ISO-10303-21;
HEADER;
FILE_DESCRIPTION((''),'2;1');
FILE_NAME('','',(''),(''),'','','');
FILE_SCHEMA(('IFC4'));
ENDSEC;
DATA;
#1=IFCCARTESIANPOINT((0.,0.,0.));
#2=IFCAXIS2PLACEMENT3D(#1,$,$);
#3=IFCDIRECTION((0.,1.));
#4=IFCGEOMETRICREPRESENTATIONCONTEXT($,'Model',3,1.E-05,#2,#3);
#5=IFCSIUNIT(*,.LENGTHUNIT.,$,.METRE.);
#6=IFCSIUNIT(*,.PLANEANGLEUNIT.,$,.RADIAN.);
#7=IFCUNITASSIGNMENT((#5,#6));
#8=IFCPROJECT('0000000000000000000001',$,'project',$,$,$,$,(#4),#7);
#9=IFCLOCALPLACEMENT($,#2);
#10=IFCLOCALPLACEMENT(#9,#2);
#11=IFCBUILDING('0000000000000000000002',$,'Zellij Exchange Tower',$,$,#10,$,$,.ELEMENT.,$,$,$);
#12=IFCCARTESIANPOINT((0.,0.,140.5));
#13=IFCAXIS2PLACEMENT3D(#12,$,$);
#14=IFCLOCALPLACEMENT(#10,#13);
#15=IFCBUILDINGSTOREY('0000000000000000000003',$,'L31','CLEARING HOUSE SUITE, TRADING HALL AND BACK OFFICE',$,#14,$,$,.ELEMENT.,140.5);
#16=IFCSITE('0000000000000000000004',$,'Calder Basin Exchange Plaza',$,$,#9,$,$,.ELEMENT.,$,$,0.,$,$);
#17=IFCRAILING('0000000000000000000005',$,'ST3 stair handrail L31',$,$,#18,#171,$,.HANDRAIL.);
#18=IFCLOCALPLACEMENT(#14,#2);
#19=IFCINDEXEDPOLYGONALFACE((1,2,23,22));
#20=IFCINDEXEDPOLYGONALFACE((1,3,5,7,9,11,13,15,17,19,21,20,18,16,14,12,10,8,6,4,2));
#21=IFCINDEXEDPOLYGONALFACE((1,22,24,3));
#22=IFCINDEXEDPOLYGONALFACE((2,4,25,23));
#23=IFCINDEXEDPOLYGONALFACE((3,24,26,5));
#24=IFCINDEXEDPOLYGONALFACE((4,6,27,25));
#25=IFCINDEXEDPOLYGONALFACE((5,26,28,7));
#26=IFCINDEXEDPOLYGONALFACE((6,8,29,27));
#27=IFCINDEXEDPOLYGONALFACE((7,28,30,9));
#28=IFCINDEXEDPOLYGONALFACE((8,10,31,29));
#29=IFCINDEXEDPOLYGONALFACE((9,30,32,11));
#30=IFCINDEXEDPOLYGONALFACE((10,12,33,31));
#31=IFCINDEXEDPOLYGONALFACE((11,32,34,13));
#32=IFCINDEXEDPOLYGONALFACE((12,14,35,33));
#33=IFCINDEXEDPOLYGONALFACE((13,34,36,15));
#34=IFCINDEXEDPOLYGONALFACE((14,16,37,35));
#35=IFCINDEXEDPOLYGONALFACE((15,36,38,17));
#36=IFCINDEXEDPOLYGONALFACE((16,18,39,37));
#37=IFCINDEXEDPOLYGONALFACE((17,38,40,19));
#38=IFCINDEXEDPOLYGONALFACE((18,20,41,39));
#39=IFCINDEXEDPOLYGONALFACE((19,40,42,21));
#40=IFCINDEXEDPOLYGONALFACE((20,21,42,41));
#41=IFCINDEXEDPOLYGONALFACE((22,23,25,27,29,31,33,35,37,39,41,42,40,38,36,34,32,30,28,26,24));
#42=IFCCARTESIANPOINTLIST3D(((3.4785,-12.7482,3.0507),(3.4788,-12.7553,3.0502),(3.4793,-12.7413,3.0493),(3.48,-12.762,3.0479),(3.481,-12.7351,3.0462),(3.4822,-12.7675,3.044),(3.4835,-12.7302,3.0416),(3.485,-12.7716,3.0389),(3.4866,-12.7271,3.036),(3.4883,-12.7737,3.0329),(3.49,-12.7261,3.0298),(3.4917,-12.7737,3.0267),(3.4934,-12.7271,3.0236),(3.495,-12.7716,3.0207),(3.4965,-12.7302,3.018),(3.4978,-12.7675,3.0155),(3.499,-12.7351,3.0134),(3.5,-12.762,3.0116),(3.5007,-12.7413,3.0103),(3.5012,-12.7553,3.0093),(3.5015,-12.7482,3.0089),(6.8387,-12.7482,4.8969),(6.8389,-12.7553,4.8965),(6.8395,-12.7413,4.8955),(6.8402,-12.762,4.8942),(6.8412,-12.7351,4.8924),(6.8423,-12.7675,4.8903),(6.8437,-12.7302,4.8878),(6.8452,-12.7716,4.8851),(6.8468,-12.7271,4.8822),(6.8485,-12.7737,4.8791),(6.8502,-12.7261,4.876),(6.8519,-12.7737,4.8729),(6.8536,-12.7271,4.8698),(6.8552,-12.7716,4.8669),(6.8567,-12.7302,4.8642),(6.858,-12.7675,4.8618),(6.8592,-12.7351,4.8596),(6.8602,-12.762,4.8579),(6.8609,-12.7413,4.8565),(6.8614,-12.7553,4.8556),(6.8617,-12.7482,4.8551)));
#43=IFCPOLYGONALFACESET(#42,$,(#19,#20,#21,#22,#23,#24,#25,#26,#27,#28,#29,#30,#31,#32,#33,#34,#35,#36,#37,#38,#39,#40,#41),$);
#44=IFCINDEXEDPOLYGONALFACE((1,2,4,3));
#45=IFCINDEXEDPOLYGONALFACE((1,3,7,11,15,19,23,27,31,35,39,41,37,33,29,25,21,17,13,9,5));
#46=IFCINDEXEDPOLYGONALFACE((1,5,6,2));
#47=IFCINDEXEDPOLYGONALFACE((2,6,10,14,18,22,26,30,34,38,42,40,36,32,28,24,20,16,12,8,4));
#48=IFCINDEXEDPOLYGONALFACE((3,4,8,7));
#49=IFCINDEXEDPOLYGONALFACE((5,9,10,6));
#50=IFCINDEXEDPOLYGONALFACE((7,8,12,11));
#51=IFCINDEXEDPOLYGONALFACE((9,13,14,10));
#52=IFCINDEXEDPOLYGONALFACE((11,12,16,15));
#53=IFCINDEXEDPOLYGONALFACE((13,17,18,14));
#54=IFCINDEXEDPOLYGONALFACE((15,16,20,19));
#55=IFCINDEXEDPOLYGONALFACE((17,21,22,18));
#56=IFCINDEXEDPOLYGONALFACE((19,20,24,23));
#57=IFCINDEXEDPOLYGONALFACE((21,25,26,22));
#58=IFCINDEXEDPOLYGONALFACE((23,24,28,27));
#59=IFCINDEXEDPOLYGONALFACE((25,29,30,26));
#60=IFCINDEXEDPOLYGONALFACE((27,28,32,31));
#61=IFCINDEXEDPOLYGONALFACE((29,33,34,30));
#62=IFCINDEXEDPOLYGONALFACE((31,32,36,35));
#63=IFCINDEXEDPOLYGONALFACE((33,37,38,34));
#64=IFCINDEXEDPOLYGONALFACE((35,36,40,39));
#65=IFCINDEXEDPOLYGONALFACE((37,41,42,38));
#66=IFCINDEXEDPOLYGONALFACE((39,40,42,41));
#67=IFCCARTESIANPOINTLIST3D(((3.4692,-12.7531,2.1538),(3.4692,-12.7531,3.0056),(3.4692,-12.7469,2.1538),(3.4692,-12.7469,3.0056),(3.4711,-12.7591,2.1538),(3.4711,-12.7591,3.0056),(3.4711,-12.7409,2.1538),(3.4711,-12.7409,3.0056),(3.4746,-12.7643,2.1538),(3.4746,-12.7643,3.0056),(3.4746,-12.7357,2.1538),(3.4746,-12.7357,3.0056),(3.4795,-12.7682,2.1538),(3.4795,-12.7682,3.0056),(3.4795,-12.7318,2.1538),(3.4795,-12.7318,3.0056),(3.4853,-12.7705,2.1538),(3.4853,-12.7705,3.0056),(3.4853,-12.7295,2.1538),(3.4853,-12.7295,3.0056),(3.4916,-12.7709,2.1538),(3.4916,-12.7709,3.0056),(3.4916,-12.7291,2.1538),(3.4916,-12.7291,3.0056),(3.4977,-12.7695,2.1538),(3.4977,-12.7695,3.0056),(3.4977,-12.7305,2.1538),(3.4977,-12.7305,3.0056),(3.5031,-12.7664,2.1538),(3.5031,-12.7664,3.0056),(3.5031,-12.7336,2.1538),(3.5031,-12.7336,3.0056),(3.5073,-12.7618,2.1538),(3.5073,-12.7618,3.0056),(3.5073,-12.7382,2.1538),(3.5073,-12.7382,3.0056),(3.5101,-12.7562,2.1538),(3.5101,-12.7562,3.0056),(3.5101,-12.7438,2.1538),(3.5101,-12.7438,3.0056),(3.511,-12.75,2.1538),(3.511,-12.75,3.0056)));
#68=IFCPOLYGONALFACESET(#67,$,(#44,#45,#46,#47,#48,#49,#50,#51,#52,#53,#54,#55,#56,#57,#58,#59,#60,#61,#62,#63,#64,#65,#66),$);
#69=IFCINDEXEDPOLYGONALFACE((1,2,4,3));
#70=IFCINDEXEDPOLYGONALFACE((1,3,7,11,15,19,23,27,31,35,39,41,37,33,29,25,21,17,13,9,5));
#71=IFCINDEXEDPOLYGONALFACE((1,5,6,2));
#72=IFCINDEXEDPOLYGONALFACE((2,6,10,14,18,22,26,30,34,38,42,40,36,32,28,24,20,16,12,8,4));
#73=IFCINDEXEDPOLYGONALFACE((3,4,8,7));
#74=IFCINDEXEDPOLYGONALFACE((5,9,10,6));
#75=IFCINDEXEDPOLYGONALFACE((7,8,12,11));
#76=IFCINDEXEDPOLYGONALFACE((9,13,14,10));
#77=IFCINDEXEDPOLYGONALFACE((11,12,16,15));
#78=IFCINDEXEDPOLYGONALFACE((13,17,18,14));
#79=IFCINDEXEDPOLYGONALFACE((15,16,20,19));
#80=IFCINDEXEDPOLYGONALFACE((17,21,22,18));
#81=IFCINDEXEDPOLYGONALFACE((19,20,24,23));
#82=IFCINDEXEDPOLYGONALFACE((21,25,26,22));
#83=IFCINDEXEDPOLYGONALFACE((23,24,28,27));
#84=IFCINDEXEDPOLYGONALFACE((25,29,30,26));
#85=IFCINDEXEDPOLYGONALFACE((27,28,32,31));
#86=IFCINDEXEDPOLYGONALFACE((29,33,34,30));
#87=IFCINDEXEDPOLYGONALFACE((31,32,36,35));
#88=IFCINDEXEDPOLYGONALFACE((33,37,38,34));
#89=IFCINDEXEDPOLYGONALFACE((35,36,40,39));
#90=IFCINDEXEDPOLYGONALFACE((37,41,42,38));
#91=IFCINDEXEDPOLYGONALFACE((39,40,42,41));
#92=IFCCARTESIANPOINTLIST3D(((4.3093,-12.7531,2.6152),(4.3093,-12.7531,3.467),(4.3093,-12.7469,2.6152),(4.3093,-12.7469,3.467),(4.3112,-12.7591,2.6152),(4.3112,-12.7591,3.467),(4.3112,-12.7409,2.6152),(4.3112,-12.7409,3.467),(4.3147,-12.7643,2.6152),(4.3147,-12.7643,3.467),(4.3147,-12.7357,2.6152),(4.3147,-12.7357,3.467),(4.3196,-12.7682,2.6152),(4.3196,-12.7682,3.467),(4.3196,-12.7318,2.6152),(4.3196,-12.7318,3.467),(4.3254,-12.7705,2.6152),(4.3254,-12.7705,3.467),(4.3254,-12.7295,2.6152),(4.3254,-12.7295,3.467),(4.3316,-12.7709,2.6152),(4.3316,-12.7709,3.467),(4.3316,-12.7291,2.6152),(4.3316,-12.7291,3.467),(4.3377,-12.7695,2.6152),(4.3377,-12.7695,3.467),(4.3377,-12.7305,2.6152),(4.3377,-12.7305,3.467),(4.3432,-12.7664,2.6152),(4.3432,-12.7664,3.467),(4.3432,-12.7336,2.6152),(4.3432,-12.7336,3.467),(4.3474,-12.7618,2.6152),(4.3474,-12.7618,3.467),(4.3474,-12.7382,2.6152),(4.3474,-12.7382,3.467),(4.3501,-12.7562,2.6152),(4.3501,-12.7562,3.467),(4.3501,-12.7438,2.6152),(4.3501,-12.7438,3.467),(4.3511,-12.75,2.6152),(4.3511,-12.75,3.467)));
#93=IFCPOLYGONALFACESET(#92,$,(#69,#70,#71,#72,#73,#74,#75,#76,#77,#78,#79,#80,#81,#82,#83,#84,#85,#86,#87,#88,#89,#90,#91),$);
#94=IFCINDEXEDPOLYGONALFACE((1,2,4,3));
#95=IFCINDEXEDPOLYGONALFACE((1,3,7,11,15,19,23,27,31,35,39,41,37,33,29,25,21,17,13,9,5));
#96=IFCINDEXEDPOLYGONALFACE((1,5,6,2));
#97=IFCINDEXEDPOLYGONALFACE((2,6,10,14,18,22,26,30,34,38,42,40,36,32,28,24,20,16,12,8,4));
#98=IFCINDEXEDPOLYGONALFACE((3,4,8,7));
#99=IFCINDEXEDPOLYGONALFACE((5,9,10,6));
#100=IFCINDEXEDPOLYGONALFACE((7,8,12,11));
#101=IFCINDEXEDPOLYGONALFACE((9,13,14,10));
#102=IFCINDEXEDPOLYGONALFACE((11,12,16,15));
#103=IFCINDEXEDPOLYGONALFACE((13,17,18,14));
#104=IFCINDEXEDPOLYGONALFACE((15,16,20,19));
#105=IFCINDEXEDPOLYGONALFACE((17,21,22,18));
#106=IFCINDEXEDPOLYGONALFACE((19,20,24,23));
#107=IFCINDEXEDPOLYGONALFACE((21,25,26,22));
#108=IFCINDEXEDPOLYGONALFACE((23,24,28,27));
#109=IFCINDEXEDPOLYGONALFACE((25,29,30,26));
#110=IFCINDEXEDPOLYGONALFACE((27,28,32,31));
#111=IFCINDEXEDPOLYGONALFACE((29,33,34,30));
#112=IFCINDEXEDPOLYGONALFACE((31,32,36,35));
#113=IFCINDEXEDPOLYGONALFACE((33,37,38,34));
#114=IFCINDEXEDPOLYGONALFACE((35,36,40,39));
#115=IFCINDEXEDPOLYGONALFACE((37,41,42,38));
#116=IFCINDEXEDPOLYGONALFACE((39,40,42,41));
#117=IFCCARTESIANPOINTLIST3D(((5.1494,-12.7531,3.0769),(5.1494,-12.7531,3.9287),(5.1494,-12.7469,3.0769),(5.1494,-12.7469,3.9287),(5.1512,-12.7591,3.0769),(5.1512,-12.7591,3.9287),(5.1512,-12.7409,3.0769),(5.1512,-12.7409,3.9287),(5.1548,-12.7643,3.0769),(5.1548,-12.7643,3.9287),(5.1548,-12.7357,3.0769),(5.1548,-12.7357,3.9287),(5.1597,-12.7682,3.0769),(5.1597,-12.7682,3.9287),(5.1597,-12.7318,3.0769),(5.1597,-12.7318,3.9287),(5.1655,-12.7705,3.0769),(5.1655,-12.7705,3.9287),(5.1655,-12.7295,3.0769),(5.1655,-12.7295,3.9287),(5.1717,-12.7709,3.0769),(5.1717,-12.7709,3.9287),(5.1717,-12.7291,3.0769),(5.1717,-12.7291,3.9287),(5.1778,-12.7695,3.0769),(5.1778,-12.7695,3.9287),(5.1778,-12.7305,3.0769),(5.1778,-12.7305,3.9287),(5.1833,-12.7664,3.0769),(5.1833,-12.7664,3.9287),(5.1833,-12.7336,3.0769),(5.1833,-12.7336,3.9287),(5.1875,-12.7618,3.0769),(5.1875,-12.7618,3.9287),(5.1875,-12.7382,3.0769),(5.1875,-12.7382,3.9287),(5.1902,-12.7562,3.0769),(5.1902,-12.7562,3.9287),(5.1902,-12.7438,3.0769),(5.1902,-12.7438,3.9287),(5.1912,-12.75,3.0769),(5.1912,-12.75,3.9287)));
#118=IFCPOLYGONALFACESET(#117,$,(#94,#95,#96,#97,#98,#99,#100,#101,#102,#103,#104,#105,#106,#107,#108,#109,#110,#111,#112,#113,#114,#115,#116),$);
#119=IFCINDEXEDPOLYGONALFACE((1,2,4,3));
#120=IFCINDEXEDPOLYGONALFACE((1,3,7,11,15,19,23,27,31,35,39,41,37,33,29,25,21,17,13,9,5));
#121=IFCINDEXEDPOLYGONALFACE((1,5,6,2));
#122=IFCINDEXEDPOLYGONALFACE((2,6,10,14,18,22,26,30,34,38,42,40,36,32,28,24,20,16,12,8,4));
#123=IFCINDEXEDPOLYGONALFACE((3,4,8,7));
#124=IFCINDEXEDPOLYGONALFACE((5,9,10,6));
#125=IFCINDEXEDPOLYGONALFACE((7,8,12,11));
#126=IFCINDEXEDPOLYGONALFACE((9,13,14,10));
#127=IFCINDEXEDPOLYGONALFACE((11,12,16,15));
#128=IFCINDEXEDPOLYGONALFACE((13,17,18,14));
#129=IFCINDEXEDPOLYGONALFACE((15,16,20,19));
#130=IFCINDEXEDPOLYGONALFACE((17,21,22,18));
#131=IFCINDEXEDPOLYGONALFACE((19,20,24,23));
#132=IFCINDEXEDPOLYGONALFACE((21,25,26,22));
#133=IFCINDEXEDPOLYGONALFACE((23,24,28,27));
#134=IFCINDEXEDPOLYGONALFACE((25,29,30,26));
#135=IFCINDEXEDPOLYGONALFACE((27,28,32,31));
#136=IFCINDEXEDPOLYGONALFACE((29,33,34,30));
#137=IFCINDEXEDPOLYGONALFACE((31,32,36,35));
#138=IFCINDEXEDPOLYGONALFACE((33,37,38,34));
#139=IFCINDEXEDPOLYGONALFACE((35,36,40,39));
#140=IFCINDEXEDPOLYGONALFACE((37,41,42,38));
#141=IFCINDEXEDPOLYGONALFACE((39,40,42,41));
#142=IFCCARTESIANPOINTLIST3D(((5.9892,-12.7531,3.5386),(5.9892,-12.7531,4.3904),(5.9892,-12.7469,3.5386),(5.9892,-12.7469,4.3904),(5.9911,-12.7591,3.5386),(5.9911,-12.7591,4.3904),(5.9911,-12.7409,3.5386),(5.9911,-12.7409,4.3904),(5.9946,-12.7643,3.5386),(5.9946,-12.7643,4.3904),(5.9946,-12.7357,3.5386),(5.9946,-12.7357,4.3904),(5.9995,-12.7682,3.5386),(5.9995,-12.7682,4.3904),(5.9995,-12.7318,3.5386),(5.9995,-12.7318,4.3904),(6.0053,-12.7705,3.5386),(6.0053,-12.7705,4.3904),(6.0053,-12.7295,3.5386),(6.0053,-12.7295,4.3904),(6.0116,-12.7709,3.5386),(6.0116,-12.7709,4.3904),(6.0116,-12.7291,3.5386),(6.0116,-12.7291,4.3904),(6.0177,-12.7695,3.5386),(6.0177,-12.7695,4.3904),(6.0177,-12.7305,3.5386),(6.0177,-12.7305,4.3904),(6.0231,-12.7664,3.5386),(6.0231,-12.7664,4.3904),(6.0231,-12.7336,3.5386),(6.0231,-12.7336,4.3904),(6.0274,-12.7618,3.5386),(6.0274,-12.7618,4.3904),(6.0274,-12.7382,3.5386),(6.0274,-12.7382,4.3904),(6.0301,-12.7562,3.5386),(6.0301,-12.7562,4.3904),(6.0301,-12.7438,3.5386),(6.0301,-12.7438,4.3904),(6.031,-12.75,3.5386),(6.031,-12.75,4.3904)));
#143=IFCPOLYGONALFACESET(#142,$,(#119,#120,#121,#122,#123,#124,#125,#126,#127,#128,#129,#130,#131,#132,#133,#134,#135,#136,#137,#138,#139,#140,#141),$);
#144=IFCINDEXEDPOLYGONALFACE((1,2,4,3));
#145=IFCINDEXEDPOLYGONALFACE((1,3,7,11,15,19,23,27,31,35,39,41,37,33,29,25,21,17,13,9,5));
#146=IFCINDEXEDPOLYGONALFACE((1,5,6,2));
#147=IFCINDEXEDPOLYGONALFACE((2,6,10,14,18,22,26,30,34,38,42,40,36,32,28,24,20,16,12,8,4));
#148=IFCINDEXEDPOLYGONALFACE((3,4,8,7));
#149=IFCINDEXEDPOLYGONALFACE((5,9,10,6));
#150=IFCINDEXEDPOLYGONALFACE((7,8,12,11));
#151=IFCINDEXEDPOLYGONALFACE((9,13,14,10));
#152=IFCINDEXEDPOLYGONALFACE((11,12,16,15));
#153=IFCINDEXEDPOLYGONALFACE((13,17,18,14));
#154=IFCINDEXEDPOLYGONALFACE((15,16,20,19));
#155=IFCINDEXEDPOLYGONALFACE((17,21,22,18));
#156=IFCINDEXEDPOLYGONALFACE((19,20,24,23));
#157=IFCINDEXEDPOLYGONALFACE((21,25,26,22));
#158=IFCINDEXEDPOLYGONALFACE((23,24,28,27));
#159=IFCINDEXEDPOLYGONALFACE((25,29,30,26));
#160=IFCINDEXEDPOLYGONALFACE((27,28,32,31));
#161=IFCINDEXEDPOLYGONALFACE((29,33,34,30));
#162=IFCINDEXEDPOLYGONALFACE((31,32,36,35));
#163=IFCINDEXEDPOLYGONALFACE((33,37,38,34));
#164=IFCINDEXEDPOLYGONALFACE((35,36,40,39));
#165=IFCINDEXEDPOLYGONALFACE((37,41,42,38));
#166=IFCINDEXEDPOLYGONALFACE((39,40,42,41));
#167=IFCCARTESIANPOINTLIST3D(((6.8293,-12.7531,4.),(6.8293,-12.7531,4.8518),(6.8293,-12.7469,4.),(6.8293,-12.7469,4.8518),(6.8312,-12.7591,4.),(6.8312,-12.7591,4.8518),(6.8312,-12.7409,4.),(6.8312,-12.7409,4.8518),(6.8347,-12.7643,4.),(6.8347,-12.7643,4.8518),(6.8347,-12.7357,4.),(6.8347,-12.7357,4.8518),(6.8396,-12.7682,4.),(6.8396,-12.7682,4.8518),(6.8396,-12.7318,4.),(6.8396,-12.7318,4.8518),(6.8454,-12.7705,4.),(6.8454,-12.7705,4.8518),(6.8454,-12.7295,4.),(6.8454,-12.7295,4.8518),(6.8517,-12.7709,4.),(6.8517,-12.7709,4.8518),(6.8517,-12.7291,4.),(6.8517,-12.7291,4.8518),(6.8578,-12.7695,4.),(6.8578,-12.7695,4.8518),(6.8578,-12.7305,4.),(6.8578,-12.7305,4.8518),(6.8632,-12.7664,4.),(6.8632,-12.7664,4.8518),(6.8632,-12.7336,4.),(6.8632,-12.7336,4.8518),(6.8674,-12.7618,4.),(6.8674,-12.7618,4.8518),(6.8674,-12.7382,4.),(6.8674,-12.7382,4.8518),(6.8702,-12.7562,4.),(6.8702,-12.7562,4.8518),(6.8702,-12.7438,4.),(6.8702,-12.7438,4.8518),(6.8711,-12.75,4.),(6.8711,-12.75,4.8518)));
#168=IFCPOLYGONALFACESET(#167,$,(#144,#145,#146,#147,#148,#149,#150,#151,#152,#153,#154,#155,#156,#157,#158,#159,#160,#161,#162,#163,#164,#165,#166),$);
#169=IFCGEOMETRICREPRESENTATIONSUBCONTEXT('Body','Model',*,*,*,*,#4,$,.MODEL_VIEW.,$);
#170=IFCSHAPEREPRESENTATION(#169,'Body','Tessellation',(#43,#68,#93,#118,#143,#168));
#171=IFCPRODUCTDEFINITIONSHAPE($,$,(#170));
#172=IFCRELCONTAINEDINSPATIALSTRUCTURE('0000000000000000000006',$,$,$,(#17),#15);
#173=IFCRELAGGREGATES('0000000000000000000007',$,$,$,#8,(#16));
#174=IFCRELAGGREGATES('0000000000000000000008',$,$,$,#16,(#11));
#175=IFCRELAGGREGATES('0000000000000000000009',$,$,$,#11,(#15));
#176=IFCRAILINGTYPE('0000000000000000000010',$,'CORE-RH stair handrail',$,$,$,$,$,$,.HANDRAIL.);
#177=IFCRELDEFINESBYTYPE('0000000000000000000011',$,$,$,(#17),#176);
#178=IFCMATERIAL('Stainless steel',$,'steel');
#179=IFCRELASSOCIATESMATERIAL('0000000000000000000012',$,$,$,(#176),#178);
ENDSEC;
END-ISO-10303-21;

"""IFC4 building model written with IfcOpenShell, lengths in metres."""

from ifc_helpers import new_model, si_unit, direction, frame, origin, origin_2d, place, context, subcontext, project, spatial, circle, extrude, material, type_object, element, save


model = new_model("IFC4")

# Units and contexts
model_context = context("Model", 3, precision=1e-05, world=origin(), true_north=direction((0.0, 1.0)))
body_context = subcontext(model_context, "Body", "Model", "MODEL_VIEW")
ifc_project = project(units=[si_unit("LENGTHUNIT", "METRE"), si_unit("PLANEANGLEUNIT", "RADIAN")], contexts=[model_context])

# Site, building, storey
site_placement = place(None, origin())
site = spatial("IfcSite", under=ifc_project, at=site_placement, Name="Calder Basin Exchange Plaza", CompositionType="ELEMENT", RefElevation=0.0)
building_placement = place(site_placement, origin())
building = spatial("IfcBuilding", under=site, at=building_placement, Name="Zellij Exchange Tower", CompositionType="ELEMENT")
storey_placement = place(building_placement, frame((0.0, 0.0, 140.5)))
storey = spatial("IfcBuildingStorey", under=building, at=storey_placement, Name="L31", Description="CLEARING HOUSE SUITE, TRADING HALL AND BACK OFFICE", CompositionType="ELEMENT", Elevation=140.5)

# Railing
ifc_material_1 = material(Name="Stainless steel", Category="steel")
railing_type_1 = type_object("IfcRailingType", Name="CORE-RH stair handrail", PredefinedType="HANDRAIL", material=ifc_material_1)
railing_1_placement = place(storey_placement, frame((3.49, -12.75, 2.1538)))
element("IfcRailing", 1, at=railing_1_placement, inside=storey, type_object=railing_type_1, Name="ST3 stair handrail L31", PredefinedType="HANDRAIL", context=body_context, shape_type="SweptSolid", body=[
    extrude(circle(Radius=0.0239, at=origin_2d()), frame((0.0, 0.0, 0.876), z_axis=(0.876422, 0.0, 0.481545), x_axis=(0.0, 1.0, 0.0)), (0.0, 0.0, 1.0), 3.834),
    extrude(circle(Radius=0.021, at=origin_2d()), origin(), (0.0, 0.0, 1.0), 0.8518),
    extrude(circle(Radius=0.021, at=origin_2d()), frame((0.8401, 0.0, 0.4614)), (0.0, 0.0, 1.0), 0.8518),
    extrude(circle(Radius=0.021, at=origin_2d()), frame((1.6802, 0.0, 0.9231)), (0.0, 0.0, 1.0), 0.8518),
    extrude(circle(Radius=0.021, at=origin_2d()), frame((2.52, 0.0, 1.3848)), (0.0, 0.0, 1.0), 0.8518),
    extrude(circle(Radius=0.021, at=origin_2d()), frame((3.3601, 0.0, 1.8462)), (0.0, 0.0, 1.0), 0.8518),
])

save(model, "model.ifc")
